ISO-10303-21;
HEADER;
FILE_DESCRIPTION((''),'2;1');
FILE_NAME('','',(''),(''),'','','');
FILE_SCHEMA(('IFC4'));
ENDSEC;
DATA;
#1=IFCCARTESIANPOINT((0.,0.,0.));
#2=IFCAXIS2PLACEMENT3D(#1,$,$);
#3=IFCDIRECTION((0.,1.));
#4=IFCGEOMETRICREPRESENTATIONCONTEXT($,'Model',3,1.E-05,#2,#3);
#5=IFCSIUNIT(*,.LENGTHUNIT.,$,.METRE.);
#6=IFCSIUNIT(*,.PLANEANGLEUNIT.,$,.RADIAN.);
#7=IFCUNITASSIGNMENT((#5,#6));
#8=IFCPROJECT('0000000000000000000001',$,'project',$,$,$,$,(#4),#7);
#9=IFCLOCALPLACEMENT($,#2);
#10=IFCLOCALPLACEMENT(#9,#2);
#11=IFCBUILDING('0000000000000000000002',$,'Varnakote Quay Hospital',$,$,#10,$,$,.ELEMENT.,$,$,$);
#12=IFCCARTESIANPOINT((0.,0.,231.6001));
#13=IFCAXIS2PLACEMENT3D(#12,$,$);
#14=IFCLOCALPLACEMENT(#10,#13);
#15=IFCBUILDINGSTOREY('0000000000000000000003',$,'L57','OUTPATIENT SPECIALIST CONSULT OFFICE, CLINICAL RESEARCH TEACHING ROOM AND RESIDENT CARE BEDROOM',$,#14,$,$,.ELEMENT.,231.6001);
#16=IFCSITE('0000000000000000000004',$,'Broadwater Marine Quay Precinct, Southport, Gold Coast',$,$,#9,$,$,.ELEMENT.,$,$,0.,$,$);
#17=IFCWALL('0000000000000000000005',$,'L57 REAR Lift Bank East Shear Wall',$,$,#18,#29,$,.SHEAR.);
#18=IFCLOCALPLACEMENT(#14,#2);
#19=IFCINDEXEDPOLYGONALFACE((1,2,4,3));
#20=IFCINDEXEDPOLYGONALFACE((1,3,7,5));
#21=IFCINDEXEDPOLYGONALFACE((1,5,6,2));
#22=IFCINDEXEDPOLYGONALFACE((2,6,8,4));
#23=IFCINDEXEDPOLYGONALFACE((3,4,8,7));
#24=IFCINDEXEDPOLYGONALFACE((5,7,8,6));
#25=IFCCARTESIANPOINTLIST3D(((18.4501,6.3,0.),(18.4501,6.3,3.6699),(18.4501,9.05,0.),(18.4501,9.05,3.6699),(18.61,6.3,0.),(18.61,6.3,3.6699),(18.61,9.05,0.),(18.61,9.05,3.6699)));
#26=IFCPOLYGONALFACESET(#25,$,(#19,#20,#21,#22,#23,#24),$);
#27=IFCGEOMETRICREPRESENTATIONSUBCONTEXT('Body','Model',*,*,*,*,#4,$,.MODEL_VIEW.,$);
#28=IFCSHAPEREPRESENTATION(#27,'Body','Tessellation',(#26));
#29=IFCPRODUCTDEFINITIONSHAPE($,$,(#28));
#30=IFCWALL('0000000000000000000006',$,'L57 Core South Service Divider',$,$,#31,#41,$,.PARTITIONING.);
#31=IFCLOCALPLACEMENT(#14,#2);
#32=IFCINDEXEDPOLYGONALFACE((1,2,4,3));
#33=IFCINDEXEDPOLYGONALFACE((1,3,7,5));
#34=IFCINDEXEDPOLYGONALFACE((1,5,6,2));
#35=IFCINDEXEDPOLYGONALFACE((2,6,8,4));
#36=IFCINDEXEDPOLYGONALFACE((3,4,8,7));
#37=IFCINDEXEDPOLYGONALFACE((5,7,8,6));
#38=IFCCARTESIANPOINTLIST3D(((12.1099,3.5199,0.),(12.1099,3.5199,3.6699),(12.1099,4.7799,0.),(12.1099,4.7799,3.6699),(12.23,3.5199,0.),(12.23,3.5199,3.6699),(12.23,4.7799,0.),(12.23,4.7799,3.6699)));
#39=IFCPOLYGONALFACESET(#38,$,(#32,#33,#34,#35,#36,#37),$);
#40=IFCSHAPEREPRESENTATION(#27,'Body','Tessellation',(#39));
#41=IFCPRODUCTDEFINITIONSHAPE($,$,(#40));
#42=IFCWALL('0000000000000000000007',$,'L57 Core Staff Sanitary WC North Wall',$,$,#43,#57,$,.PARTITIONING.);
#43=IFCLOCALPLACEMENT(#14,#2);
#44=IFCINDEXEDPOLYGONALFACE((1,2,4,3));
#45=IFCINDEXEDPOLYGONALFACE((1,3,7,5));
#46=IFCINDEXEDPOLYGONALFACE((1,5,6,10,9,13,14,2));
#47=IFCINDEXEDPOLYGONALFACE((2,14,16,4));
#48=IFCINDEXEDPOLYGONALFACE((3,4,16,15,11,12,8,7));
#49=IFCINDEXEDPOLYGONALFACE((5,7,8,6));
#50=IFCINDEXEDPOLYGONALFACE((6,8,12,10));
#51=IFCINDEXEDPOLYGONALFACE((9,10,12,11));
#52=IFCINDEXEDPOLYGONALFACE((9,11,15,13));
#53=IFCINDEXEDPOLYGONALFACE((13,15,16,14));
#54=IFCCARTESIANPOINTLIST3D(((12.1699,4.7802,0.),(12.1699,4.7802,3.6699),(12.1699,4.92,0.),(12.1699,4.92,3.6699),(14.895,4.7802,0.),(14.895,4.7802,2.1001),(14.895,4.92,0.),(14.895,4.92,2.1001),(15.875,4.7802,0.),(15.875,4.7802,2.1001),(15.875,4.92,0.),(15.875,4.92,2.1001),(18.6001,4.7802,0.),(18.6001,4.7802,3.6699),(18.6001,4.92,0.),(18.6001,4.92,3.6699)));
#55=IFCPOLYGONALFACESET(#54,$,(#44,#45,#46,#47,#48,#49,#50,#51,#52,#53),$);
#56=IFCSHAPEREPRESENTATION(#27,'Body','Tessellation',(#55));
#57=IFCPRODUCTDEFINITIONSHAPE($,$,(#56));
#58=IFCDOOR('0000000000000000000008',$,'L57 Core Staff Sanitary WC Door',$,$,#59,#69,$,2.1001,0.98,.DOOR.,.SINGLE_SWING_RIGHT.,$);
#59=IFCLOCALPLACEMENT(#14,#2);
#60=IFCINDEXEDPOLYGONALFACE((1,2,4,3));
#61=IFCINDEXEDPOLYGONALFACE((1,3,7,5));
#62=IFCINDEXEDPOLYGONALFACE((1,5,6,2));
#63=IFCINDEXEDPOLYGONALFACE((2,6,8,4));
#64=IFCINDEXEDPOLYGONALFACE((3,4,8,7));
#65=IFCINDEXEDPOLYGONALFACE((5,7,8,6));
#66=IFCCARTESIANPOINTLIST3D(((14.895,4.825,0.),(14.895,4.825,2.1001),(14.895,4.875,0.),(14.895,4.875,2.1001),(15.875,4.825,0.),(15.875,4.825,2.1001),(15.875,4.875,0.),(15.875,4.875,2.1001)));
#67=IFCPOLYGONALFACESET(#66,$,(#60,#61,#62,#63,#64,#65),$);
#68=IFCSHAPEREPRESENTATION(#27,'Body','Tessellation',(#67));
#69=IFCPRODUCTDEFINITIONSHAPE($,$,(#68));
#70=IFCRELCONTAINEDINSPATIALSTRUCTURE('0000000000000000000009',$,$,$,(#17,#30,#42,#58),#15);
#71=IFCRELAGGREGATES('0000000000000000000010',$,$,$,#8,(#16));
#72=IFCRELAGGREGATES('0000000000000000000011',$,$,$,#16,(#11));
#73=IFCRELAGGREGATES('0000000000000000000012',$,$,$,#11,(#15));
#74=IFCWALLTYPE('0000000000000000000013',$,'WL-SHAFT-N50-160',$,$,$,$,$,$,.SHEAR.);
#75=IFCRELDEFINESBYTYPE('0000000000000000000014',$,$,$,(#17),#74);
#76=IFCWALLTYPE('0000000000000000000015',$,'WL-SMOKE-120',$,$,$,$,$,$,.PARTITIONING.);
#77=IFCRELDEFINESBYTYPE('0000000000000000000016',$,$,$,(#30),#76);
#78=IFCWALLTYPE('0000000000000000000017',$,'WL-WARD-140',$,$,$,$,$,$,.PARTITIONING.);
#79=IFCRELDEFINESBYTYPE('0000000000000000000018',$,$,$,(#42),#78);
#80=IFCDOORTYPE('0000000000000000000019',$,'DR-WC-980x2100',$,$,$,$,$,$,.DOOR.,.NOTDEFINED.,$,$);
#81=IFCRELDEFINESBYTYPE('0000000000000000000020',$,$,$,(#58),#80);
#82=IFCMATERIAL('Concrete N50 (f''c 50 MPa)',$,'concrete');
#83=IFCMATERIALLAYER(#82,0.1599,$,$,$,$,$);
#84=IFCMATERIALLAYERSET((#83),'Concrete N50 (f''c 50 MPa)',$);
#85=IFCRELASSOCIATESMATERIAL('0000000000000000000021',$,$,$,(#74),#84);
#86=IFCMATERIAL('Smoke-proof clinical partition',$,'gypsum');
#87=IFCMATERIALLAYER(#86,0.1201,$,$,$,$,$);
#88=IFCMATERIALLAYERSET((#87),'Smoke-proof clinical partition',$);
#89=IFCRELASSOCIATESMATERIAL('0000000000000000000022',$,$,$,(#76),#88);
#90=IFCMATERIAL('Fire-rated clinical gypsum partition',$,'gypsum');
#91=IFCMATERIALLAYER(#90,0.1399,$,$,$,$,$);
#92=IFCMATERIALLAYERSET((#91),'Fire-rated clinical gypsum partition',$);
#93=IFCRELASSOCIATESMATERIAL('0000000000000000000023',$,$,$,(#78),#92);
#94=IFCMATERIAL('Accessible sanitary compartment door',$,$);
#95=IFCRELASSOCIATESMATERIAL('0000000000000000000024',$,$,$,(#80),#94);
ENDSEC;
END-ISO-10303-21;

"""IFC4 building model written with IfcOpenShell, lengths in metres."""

from ifc_helpers import new_model, si_unit, direction, frame, frame_2d, origin, place, context, subcontext, project, spatial, rectangle, extrude, material, layer, layer_set, type_object, element, fill, save


model = new_model("IFC4")

# Units and contexts
model_context = context("Model", 3, precision=1e-05, world=origin(), true_north=direction((0.0, 1.0)))
body_context = subcontext(model_context, "Body", "Model", "MODEL_VIEW")
ifc_project = project(units=[si_unit("LENGTHUNIT", "METRE"), si_unit("PLANEANGLEUNIT", "RADIAN")], contexts=[model_context])

# Site, building, storey
site_placement = place(None, origin())
site = spatial("IfcSite", under=ifc_project, at=site_placement, Name="Broadwater Marine Quay Precinct, Southport, Gold Coast", CompositionType="ELEMENT", RefElevation=0.0)
building_placement = place(site_placement, origin())
building = spatial("IfcBuilding", under=site, at=building_placement, Name="Varnakote Quay Hospital", CompositionType="ELEMENT")
storey_placement = place(building_placement, frame((0.0, 0.0, 231.6001)))
storey = spatial("IfcBuildingStorey", under=building, at=storey_placement, Name="L57", Description="OUTPATIENT SPECIALIST CONSULT OFFICE, CLINICAL RESEARCH TEACHING ROOM AND RESIDENT CARE BEDROOM", CompositionType="ELEMENT", Elevation=231.6001)

# Wall
ifc_material_1 = material(Name="Concrete N50 (f'c 50 MPa)", Category="concrete")
ifc_layer_1 = layer(ifc_material_1, 0.1599)
ifc_layer_set_1 = layer_set([ifc_layer_1], Name="Concrete N50 (f'c 50 MPa)")
wall_type_1 = type_object("IfcWallType", Name="WL-SHAFT-N50-160", PredefinedType="SHEAR", material=ifc_layer_set_1)
wall_1_placement = place(storey_placement, frame((18.53, 6.3, 0.0), z_axis=(0.0, 0.0, 1.0), x_axis=(0.0, 1.0, 0.0)))
element("IfcWall", 1, at=wall_1_placement, inside=storey, type_object=wall_type_1, Name="L57 REAR Lift Bank East Shear Wall", PredefinedType="SHEAR", context=body_context, shape_type="SweptSolid", body=[
    extrude(rectangle(XDim=2.75, YDim=0.1599, at=frame_2d((1.375, 0.0))), origin(), (0.0, 0.0, 1.0), 3.6699),
])

# Wall
ifc_material_2 = material(Name="Smoke-proof clinical partition", Category="gypsum")
ifc_layer_2 = layer(ifc_material_2, 0.1201)
ifc_layer_set_2 = layer_set([ifc_layer_2], Name="Smoke-proof clinical partition")
wall_type_2 = type_object("IfcWallType", Name="WL-SMOKE-120", PredefinedType="PARTITIONING", material=ifc_layer_set_2)
wall_2_placement = place(storey_placement, frame((12.1699, 3.52, 0.0), z_axis=(0.0, 0.0, 1.0), x_axis=(0.0, 1.0, 0.0)))
element("IfcWall", 2, at=wall_2_placement, inside=storey, type_object=wall_type_2, Name="L57 Core South Service Divider", PredefinedType="PARTITIONING", context=body_context, shape_type="SweptSolid", body=[
    extrude(rectangle(XDim=1.26, YDim=0.1201, at=frame_2d((0.6299, 0.0))), origin(), (0.0, 0.0, 1.0), 3.6699),
])

# Wall, opening, door
ifc_material_3 = material(Name="Fire-rated clinical gypsum partition", Category="gypsum")
ifc_layer_3 = layer(ifc_material_3, 0.1399)
ifc_layer_set_3 = layer_set([ifc_layer_3], Name="Fire-rated clinical gypsum partition")
wall_type_3 = type_object("IfcWallType", Name="WL-WARD-140", PredefinedType="PARTITIONING", material=ifc_layer_set_3)
wall_3_placement = place(storey_placement, frame((12.1699, 4.8501, 0.0), z_axis=(0.0, 0.0, 1.0), x_axis=(1.0, 0.0, 0.0)))
wall_3 = element("IfcWall", 3, at=wall_3_placement, inside=storey, type_object=wall_type_3, Name="L57 Core Staff Sanitary WC North Wall", PredefinedType="PARTITIONING", context=body_context, shape_type="SweptSolid", body=[
    extrude(rectangle(XDim=6.4302, YDim=0.1399, at=frame_2d((3.2151, 0.0))), origin(), (0.0, 0.0, 1.0), 3.6699),
])
opening_1_placement = place(wall_3_placement, frame((2.7251, 0.0, 0.0)))
opening_1 = element("IfcOpeningElement", 4, at=opening_1_placement, cuts=wall_3, PredefinedType="OPENING", context=body_context, shape_type="SweptSolid", body=[
    extrude(rectangle(XDim=0.98, YDim=2.1001, at=frame_2d((0.49, 1.05))), frame((0.0, 0.0798, 0.0), z_axis=(0.0, -1.0, 0.0), x_axis=(1.0, 0.0, 0.0)), (0.0, 0.0, 1.0), 0.1599),
])
ifc_material_4 = material(Name="Accessible sanitary compartment door")
door_type_1 = type_object("IfcDoorType", Name="DR-WC-980x2100", OperationType="NOTDEFINED", PredefinedType="DOOR", material=ifc_material_4)
door_1_placement = place(opening_1_placement, origin())
door_1 = element("IfcDoor", 5, at=door_1_placement, inside=storey, type_object=door_type_1, Name="L57 Core Staff Sanitary WC Door", OperationType="SINGLE_SWING_RIGHT", OverallHeight=2.1001, OverallWidth=0.98, PredefinedType="DOOR", context=body_context, shape_type="SweptSolid", body=[
    extrude(rectangle(XDim=0.98, YDim=2.1001, at=frame_2d((0.49, 1.05))), frame((0.0, 0.0249, 0.0), z_axis=(0.0, -1.0, 0.0), x_axis=(1.0, 0.0, 0.0)), (0.0, 0.0, 1.0), 0.05),
])
fill(opening_1, door_1)

save(model, "model.ifc")
